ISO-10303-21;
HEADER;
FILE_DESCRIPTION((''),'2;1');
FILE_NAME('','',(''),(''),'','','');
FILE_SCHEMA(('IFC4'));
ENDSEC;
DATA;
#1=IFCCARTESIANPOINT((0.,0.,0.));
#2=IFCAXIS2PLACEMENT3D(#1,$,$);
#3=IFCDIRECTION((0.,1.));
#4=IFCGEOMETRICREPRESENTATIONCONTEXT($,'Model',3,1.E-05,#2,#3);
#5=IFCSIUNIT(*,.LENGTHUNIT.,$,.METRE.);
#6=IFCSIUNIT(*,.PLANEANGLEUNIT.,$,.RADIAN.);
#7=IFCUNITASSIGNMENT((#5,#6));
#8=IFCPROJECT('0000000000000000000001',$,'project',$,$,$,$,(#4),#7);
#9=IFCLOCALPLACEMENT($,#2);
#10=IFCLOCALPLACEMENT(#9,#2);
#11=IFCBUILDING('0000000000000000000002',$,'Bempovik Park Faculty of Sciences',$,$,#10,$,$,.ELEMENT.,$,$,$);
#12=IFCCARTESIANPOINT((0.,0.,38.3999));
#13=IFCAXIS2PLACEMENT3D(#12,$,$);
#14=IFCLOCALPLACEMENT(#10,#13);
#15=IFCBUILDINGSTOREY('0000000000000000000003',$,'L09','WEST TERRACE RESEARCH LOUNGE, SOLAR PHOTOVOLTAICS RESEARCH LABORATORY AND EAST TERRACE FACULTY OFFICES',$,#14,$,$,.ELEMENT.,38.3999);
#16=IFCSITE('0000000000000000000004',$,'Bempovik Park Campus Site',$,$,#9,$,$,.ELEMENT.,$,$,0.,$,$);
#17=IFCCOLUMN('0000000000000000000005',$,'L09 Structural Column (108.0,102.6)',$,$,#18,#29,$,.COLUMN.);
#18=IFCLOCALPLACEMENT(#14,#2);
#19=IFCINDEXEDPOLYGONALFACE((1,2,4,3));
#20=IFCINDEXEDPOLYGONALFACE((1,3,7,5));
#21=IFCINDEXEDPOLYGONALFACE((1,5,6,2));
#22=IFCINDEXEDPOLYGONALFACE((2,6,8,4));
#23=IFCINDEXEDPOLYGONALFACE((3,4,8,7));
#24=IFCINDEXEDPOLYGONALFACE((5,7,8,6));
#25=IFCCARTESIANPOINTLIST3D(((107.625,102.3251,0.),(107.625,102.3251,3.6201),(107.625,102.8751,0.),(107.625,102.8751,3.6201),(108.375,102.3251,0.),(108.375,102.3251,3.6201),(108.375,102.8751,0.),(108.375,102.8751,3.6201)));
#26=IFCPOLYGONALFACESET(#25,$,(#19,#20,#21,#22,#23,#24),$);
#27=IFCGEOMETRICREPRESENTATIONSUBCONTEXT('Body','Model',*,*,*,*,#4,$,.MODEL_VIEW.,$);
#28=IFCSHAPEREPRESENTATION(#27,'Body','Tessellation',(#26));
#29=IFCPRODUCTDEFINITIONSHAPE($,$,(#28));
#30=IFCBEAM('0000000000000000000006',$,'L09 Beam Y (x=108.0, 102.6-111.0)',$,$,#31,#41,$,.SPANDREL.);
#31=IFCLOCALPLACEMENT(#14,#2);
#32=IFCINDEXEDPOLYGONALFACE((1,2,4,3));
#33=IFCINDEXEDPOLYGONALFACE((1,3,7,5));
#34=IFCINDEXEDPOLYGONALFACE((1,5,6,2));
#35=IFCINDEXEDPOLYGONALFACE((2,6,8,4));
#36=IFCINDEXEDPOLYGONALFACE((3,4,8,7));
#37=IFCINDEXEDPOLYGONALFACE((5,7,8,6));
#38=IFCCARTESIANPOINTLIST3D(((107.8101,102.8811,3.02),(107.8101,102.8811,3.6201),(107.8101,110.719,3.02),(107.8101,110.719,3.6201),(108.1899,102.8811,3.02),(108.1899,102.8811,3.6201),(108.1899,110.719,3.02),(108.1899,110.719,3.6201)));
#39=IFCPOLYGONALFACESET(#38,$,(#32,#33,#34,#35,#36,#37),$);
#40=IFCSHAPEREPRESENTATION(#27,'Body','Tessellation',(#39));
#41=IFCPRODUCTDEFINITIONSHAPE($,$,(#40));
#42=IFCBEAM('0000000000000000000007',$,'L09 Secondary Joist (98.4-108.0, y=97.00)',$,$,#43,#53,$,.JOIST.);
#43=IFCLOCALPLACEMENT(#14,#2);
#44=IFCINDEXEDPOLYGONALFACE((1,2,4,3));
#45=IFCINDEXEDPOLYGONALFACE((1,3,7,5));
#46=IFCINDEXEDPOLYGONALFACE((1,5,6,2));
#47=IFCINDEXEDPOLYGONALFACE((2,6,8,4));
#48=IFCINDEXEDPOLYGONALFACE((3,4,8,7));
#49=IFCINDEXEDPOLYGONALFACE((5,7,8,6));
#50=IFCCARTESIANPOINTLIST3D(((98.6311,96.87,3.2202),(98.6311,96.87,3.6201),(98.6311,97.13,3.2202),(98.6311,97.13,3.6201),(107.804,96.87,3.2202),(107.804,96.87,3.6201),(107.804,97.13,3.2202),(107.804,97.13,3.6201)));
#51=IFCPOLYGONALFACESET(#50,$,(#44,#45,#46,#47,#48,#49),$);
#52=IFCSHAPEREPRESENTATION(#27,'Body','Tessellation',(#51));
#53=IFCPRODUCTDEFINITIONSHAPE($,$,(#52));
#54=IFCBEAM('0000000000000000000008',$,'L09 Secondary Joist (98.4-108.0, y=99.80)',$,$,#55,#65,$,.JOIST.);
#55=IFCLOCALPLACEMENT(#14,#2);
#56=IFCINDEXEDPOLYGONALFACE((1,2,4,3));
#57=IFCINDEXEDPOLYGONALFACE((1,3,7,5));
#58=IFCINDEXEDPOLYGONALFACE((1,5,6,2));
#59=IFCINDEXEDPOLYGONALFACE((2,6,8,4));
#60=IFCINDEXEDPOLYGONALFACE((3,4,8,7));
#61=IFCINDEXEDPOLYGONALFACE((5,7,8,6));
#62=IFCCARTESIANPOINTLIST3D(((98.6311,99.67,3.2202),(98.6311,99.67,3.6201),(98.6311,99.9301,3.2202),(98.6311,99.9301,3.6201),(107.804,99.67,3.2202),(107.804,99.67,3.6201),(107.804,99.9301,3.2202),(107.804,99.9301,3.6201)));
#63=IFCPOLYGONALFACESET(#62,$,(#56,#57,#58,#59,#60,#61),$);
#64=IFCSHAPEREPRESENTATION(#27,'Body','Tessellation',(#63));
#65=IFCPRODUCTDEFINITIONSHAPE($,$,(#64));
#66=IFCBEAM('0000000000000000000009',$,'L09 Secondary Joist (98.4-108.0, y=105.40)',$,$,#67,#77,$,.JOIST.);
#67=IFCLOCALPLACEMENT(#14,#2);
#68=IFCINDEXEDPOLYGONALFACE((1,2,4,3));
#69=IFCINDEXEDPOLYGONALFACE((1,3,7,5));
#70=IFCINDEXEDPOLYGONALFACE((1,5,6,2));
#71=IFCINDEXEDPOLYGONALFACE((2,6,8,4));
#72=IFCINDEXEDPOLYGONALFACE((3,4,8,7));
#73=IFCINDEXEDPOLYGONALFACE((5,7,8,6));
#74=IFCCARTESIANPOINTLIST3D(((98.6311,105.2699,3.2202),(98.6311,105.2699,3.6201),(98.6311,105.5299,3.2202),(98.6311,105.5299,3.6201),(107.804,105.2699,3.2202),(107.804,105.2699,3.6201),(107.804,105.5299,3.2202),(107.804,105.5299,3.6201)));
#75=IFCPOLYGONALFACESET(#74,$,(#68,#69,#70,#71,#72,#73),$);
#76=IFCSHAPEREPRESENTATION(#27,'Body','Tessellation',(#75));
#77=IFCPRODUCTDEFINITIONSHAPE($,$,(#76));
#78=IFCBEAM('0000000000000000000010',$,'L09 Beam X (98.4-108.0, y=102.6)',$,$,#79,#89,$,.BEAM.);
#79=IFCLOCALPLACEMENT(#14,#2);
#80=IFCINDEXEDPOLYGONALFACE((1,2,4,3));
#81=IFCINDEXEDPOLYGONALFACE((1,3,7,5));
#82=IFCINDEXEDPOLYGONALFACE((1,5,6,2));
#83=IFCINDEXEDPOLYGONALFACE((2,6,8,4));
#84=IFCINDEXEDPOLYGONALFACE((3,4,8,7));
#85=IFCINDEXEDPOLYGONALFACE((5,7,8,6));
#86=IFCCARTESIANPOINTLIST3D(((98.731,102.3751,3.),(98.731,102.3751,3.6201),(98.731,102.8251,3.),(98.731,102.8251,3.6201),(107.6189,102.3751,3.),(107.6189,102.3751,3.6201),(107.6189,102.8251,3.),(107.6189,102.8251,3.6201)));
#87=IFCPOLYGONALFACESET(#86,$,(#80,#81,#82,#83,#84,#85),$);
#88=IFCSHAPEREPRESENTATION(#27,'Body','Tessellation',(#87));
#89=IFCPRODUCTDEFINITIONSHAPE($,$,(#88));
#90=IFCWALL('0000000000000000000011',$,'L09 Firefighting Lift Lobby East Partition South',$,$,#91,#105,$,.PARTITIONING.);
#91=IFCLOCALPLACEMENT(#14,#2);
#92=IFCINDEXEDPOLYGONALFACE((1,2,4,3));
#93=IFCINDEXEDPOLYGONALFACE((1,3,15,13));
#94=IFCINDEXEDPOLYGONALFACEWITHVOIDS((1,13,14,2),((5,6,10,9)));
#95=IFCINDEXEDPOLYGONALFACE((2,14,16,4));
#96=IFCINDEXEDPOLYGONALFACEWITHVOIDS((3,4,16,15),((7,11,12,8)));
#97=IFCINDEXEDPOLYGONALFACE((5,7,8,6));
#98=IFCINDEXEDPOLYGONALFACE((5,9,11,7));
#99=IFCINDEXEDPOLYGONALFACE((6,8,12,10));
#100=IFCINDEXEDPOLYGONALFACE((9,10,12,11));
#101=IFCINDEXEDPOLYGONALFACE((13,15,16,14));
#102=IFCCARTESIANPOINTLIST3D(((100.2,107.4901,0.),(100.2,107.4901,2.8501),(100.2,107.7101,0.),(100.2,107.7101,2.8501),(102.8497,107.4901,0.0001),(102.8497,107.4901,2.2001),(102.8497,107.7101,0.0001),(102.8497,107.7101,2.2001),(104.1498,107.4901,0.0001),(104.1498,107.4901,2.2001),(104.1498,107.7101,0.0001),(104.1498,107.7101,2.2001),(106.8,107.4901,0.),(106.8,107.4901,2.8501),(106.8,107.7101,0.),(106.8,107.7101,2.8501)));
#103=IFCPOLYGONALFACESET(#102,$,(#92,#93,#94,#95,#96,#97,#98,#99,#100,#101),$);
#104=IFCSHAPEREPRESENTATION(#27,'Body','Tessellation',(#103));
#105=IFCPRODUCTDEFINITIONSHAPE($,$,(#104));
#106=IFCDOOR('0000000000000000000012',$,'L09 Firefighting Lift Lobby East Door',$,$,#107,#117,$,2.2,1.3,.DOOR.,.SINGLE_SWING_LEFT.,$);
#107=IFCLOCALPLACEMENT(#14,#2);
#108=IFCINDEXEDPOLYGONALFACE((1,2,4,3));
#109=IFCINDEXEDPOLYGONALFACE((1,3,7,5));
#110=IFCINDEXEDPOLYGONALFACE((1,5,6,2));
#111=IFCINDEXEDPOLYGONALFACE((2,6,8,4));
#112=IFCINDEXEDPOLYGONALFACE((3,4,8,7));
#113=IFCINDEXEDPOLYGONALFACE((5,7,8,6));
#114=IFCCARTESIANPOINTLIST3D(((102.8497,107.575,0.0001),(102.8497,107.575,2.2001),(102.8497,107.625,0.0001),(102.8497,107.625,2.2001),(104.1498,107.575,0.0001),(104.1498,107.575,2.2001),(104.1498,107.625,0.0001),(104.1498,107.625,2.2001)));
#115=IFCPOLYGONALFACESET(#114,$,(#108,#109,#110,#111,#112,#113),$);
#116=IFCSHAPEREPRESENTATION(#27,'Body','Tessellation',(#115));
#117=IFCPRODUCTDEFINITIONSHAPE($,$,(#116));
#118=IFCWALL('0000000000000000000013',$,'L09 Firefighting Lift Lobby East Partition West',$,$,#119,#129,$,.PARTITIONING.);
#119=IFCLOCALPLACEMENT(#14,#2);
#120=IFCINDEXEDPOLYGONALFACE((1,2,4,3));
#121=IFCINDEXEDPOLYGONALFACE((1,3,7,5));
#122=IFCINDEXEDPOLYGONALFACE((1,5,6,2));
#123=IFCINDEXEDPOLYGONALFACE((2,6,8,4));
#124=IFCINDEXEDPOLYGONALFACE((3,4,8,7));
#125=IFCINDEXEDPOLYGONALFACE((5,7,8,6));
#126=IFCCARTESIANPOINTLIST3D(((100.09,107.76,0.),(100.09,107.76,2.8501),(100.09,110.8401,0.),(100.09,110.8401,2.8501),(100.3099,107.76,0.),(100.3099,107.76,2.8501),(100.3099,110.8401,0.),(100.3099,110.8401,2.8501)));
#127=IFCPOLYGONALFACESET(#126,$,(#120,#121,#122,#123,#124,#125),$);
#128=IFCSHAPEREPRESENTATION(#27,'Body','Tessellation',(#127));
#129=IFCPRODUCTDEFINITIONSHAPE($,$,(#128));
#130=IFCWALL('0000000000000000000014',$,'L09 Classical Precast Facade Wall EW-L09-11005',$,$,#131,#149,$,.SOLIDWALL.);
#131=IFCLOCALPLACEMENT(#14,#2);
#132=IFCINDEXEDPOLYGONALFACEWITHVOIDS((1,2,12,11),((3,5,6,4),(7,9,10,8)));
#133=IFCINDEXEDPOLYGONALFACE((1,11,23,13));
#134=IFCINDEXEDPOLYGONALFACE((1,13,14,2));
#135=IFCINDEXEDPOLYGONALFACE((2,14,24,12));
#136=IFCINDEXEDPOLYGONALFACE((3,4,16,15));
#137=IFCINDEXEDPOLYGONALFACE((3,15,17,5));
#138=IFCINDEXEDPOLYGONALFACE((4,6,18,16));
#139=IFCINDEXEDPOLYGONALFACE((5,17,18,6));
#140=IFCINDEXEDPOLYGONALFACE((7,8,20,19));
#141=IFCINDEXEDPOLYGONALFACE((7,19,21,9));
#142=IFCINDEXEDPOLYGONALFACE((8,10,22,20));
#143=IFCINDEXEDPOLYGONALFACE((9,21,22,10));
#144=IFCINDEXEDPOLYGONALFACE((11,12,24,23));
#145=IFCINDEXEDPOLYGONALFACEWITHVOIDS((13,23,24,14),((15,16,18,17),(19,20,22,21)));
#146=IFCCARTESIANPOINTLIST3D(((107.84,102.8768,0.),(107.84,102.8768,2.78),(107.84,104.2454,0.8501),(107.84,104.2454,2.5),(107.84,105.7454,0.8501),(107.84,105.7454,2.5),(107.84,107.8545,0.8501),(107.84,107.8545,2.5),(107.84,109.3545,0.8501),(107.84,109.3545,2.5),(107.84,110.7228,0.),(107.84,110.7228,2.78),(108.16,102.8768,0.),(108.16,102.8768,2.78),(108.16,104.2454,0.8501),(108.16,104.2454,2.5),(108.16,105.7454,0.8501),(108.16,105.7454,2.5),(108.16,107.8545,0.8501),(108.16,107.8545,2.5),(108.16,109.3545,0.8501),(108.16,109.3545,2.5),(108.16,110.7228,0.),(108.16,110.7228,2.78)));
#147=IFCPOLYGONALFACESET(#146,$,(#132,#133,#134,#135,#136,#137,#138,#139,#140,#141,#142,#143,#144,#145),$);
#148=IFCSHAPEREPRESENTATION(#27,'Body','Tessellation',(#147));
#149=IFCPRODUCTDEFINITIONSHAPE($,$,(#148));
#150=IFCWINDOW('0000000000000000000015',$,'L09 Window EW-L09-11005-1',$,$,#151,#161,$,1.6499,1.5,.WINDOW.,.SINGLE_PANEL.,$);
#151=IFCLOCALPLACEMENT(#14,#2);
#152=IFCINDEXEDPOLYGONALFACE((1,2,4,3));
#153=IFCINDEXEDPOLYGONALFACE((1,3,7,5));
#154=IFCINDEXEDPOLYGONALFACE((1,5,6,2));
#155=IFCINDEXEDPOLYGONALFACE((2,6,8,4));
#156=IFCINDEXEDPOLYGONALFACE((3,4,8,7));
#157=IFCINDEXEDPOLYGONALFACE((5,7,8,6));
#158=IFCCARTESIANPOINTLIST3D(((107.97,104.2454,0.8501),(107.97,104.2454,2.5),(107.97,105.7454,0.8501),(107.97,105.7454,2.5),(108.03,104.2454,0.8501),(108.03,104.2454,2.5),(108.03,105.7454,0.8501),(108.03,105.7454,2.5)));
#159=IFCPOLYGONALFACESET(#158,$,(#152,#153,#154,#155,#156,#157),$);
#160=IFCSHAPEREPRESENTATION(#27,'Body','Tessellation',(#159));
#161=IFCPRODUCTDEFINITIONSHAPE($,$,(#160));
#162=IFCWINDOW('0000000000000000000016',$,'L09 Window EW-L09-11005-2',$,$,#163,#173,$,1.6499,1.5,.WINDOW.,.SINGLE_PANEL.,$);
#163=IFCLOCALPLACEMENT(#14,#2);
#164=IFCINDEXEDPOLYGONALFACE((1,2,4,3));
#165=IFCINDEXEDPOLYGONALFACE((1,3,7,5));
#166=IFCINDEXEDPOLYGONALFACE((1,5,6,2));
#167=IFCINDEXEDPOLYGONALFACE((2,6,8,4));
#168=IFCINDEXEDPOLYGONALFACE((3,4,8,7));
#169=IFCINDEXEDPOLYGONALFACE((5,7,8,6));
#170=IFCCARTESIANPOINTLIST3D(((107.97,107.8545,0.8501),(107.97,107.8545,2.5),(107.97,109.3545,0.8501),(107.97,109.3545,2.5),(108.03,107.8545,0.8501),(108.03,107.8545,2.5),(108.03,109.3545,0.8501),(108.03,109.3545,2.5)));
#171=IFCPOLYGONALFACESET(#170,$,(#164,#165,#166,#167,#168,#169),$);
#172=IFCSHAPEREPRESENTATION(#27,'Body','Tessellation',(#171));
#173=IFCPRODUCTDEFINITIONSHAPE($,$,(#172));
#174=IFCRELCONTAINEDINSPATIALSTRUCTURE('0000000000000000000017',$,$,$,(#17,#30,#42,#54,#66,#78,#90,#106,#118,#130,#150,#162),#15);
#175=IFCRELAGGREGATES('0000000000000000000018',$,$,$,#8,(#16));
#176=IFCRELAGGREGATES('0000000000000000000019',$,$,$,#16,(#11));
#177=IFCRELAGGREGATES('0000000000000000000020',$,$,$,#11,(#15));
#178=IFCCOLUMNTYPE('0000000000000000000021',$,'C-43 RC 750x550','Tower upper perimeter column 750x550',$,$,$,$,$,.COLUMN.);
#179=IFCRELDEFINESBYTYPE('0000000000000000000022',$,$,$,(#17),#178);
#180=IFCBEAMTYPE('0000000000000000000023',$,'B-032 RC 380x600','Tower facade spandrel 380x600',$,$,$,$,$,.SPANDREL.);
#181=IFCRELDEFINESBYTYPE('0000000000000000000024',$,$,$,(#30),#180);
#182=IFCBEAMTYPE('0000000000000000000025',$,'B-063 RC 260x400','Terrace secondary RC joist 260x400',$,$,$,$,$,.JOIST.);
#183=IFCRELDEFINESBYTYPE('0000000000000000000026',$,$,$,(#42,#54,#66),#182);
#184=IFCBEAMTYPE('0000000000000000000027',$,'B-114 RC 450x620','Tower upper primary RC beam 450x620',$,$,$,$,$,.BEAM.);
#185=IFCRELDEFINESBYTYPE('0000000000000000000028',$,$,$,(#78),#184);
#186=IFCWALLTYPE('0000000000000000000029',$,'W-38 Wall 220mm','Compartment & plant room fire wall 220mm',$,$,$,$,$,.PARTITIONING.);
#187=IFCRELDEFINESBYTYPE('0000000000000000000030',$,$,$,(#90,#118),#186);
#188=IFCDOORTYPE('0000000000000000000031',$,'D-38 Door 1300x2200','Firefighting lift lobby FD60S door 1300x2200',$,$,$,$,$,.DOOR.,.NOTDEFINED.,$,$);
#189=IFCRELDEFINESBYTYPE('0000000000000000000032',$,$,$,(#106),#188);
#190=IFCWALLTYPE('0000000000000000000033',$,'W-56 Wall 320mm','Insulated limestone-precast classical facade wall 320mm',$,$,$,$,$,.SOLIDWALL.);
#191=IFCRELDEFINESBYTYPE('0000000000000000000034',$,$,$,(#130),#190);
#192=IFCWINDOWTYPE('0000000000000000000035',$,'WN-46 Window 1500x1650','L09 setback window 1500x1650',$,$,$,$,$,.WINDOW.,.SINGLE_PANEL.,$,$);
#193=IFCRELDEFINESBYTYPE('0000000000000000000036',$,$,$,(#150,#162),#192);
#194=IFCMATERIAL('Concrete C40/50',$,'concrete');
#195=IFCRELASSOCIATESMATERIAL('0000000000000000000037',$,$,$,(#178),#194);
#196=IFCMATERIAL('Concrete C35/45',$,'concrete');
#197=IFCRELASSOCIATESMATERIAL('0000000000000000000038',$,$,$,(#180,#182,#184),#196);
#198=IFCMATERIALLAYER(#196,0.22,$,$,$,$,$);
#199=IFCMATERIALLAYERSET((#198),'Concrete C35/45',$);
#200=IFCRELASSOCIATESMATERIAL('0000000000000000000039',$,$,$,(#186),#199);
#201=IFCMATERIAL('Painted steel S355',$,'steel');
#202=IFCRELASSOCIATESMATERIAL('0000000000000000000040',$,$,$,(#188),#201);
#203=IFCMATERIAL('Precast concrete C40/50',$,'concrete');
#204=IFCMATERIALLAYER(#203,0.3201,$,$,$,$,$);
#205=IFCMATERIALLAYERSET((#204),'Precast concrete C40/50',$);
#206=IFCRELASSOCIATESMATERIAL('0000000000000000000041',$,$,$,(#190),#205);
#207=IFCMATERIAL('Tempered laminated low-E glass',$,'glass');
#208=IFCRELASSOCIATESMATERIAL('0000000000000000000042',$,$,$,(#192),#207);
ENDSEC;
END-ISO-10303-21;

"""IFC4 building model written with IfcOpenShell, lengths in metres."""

from ifc_helpers import new_model, si_unit, direction, frame, frame_2d, origin, origin_2d, place, context, subcontext, project, spatial, rectangle, extrude, material, layer, layer_set, material_profile, profile_set, type_object, element, fill, save


model = new_model("IFC4")

# Units and contexts
model_context = context("Model", 3, precision=1e-05, world=origin(), true_north=direction((0.0, 1.0)))
body_context = subcontext(model_context, "Body", "Model", "MODEL_VIEW")
ifc_project = project(units=[si_unit("LENGTHUNIT", "METRE"), si_unit("PLANEANGLEUNIT", "RADIAN")], contexts=[model_context])

# Site, building, storey
site_placement = place(None, origin())
site = spatial("IfcSite", under=ifc_project, at=site_placement, Name="Bempovik Park Campus Site", CompositionType="ELEMENT", RefElevation=0.0)
building_placement = place(site_placement, origin())
building = spatial("IfcBuilding", under=site, at=building_placement, Name="Bempovik Park Faculty of Sciences", CompositionType="ELEMENT")
storey_placement = place(building_placement, frame((0.0, 0.0, 38.3999)))
storey = spatial("IfcBuildingStorey", under=building, at=storey_placement, Name="L09", Description="WEST TERRACE RESEARCH LOUNGE, SOLAR PHOTOVOLTAICS RESEARCH LABORATORY AND EAST TERRACE FACULTY OFFICES", CompositionType="ELEMENT", Elevation=38.3999)

# Column
ifc_material_1 = material(Name="Concrete C40/50", Category="concrete")
ifc_material_profile_1 = material_profile(ifc_material_1, rectangle(XDim=0.75, YDim=0.55, at=origin_2d()), Name="RC 750x550")
ifc_profile_set_1 = profile_set([ifc_material_profile_1], Name="Concrete C40/50")
column_type = type_object("IfcColumnType", Name="C-43 RC 750x550", Description="Tower upper perimeter column 750x550", PredefinedType="COLUMN", material=ifc_profile_set_1)
column_placement = place(storey_placement, frame((108.0, 102.6001, 0.0), z_axis=(0.0, 0.0, 1.0), x_axis=(1.0, 0.0, 0.0)))
element("IfcColumn", 1, at=column_placement, inside=storey, type_object=column_type, Name="L09 Structural Column (108.0,102.6)", PredefinedType="COLUMN", context=body_context, shape_type="SweptSolid", body=[
    extrude(rectangle(XDim=0.75, YDim=0.55, at=origin_2d()), origin(), (0.0, 0.0, 1.0), 3.6201),
])

# Beams
ifc_material_2 = material(Name="Concrete C35/45", Category="concrete")
ifc_material_profile_2 = material_profile(ifc_material_2, rectangle(XDim=0.3799, YDim=0.6001, at=origin_2d()), Name="RC 380x600")
ifc_profile_set_2 = profile_set([ifc_material_profile_2], Name="Concrete C35/45")
beam_type_1 = type_object("IfcBeamType", Name="B-032 RC 380x600", Description="Tower facade spandrel 380x600", PredefinedType="SPANDREL", material=ifc_profile_set_2)
beam_1_placement = place(storey_placement, frame((108.0, 102.8811, 3.3201), z_axis=(0.0, 1.0, 0.0), x_axis=(-1.0, 0.0, 0.0)))
element("IfcBeam", 2, at=beam_1_placement, inside=storey, type_object=beam_type_1, Name="L09 Beam Y (x=108.0, 102.6-111.0)", PredefinedType="SPANDREL", context=body_context, shape_type="SweptSolid", body=[
    extrude(rectangle(XDim=0.3799, YDim=0.6001, at=origin_2d()), origin(), (0.0, 0.0, 1.0), 7.8379),
])
ifc_material_profile_3 = material_profile(ifc_material_2, rectangle(XDim=0.26, YDim=0.3999, at=origin_2d()), Name="RC 260x400")
ifc_profile_set_3 = profile_set([ifc_material_profile_3], Name="Concrete C35/45")
beam_type_2 = type_object("IfcBeamType", Name="B-063 RC 260x400", Description="Terrace secondary RC joist 260x400", PredefinedType="JOIST", material=ifc_profile_set_3)
for number, where, z_axis, x_axis, name in (
    (3, (98.6311, 97.0, 3.4202), (1.0, 0.0, 0.0), (0.0, 1.0, 0.0), "L09 Secondary Joist (98.4-108.0, y=97.00)"),
    (4, (98.6311, 99.8, 3.4202), (1.0, 0.0, 0.0), (0.0, 1.0, 0.0), "L09 Secondary Joist (98.4-108.0, y=99.80)"),
    (5, (98.6311, 105.3999, 3.4202), (1.0, 0.0, 0.0), (0.0, 1.0, 0.0), "L09 Secondary Joist (98.4-108.0, y=105.40)"),
):
    element("IfcBeam", number, at=place(storey_placement, frame(where, z_axis=z_axis, x_axis=x_axis)), inside=storey, type_object=beam_type_2, Name=name, PredefinedType="JOIST", context=body_context, shape_type="SweptSolid", body=[
        extrude(rectangle(XDim=0.26, YDim=0.3999, at=origin_2d()), origin(), (0.0, 0.0, 1.0), 9.1729),
    ])
ifc_material_profile_4 = material_profile(ifc_material_2, rectangle(XDim=0.45, YDim=0.6201, at=origin_2d()), Name="RC 450x620")
ifc_profile_set_4 = profile_set([ifc_material_profile_4], Name="Concrete C35/45")
beam_type_3 = type_object("IfcBeamType", Name="B-114 RC 450x620", Description="Tower upper primary RC beam 450x620", PredefinedType="BEAM", material=ifc_profile_set_4)
beam_2_placement = place(storey_placement, frame((98.731, 102.6001, 3.3101), z_axis=(1.0, 0.0, 0.0), x_axis=(0.0, 1.0, 0.0)))
element("IfcBeam", 6, at=beam_2_placement, inside=storey, type_object=beam_type_3, Name="L09 Beam X (98.4-108.0, y=102.6)", PredefinedType="BEAM", context=body_context, shape_type="SweptSolid", body=[
    extrude(rectangle(XDim=0.45, YDim=0.6201, at=origin_2d()), origin(), (0.0, 0.0, 1.0), 8.8879),
])

# Wall, opening, door
ifc_layer_1 = layer(ifc_material_2, 0.22)
ifc_layer_set_1 = layer_set([ifc_layer_1], Name="Concrete C35/45")
wall_type_1 = type_object("IfcWallType", Name="W-38 Wall 220mm", Description="Compartment & plant room fire wall 220mm", PredefinedType="PARTITIONING", material=ifc_layer_set_1)
wall_1_placement = place(storey_placement, frame((100.2, 107.6001, 0.0), z_axis=(0.0, 0.0, 1.0), x_axis=(1.0, 0.0, 0.0)))
wall_1 = element("IfcWall", 7, at=wall_1_placement, inside=storey, type_object=wall_type_1, Name="L09 Firefighting Lift Lobby East Partition South", PredefinedType="PARTITIONING", context=body_context, shape_type="SweptSolid", body=[
    extrude(rectangle(XDim=6.6001, YDim=0.22, at=frame_2d((3.3, 0.0))), origin(), (0.0, 0.0, 1.0), 2.8501),
])
opening_1_placement = place(wall_1_placement, frame((2.6499, 0.0, 0.0)))
opening_1 = element("IfcOpeningElement", 8, at=opening_1_placement, cuts=wall_1, PredefinedType="OPENING", context=body_context, shape_type="SweptSolid", body=[
    extrude(rectangle(XDim=1.3, YDim=2.2, at=frame_2d((0.6499, 1.1001))), frame((0.0, 0.1201, 0.0), z_axis=(0.0, -1.0, 0.0), x_axis=(1.0, 0.0, 0.0)), (0.0, 0.0, 1.0), 0.24),
])
ifc_material_3 = material(Name="Painted steel S355", Category="steel")
door_type = type_object("IfcDoorType", Name="D-38 Door 1300x2200", Description="Firefighting lift lobby FD60S door 1300x2200", OperationType="NOTDEFINED", PredefinedType="DOOR", material=ifc_material_3)
door_placement = place(opening_1_placement, origin())
door = element("IfcDoor", 9, at=door_placement, inside=storey, type_object=door_type, Name="L09 Firefighting Lift Lobby East Door", OperationType="SINGLE_SWING_LEFT", OverallHeight=2.2, OverallWidth=1.3, PredefinedType="DOOR", context=body_context, shape_type="SweptSolid", body=[
    extrude(rectangle(XDim=1.3, YDim=2.2, at=frame_2d((0.6499, 1.1001))), frame((0.0, 0.0249, 0.0), z_axis=(0.0, -1.0, 0.0), x_axis=(1.0, 0.0, 0.0)), (0.0, 0.0, 1.0), 0.05),
])
fill(opening_1, door)

# Wall
wall_2_placement = place(storey_placement, frame((100.2, 107.76, 0.0), z_axis=(0.0, 0.0, 1.0), x_axis=(0.0, 1.0, 0.0)))
element("IfcWall", 10, at=wall_2_placement, inside=storey, type_object=wall_type_1, Name="L09 Firefighting Lift Lobby East Partition West", PredefinedType="PARTITIONING", context=body_context, shape_type="SweptSolid", body=[
    extrude(rectangle(XDim=3.0801, YDim=0.22, at=frame_2d((1.54, 0.0))), origin(), (0.0, 0.0, 1.0), 2.8501),
])

# Wall, openings, windows
ifc_material_4 = material(Name="Precast concrete C40/50", Category="concrete")
ifc_layer_2 = layer(ifc_material_4, 0.3201)
ifc_layer_set_2 = layer_set([ifc_layer_2], Name="Precast concrete C40/50")
wall_type_2 = type_object("IfcWallType", Name="W-56 Wall 320mm", Description="Insulated limestone-precast classical facade wall 320mm", PredefinedType="SOLIDWALL", material=ifc_layer_set_2)
wall_3_placement = place(storey_placement, frame((108.0, 102.877, 0.0), z_axis=(0.0, 0.0, 1.0), x_axis=(0.0, 1.0, 0.0)))
wall_3 = element("IfcWall", 11, at=wall_3_placement, inside=storey, type_object=wall_type_2, Name="L09 Classical Precast Facade Wall EW-L09-11005", PredefinedType="SOLIDWALL", context=body_context, shape_type="SweptSolid", body=[
    extrude(rectangle(XDim=7.8459, YDim=0.3201, at=frame_2d((3.9229, 0.0))), origin(), (0.0, 0.0, 1.0), 2.78),
])
opening_2_placement = place(wall_3_placement, frame((1.3684, 0.0, 0.8501)))
opening_2 = element("IfcOpeningElement", 12, at=opening_2_placement, cuts=wall_3, PredefinedType="OPENING", context=body_context, shape_type="SweptSolid", body=[
    extrude(rectangle(XDim=1.5, YDim=1.6499, at=frame_2d((0.75, 0.825))), frame((0.0, 0.1699, 0.0), z_axis=(0.0, -1.0, 0.0), x_axis=(1.0, 0.0, 0.0)), (0.0, 0.0, 1.0), 0.3401),
])
opening_3_placement = place(wall_3_placement, frame((4.9775, 0.0, 0.8501)))
opening_3 = element("IfcOpeningElement", 13, at=opening_3_placement, cuts=wall_3, PredefinedType="OPENING", context=body_context, shape_type="SweptSolid", body=[
    extrude(rectangle(XDim=1.5, YDim=1.6499, at=frame_2d((0.75, 0.825))), frame((0.0, 0.1699, 0.0), z_axis=(0.0, -1.0, 0.0), x_axis=(1.0, 0.0, 0.0)), (0.0, 0.0, 1.0), 0.3401),
])
ifc_material_5 = material(Name="Tempered laminated low-E glass", Category="glass")
window_type = type_object("IfcWindowType", Name="WN-46 Window 1500x1650", Description="L09 setback window 1500x1650", PartitioningType="SINGLE_PANEL", PredefinedType="WINDOW", material=ifc_material_5)
window_1_placement = place(opening_2_placement, origin())
window_1 = element("IfcWindow", 14, at=window_1_placement, inside=storey, type_object=window_type, Name="L09 Window EW-L09-11005-1", OverallHeight=1.6499, OverallWidth=1.5, PartitioningType="SINGLE_PANEL", PredefinedType="WINDOW", context=body_context, shape_type="SweptSolid", body=[
    extrude(rectangle(XDim=1.5, YDim=1.6499, at=frame_2d((0.75, 0.825))), frame((0.0, 0.03, 0.0), z_axis=(0.0, -1.0, 0.0), x_axis=(1.0, 0.0, 0.0)), (0.0, 0.0, 1.0), 0.0601),
])
fill(opening_2, window_1)
window_2_placement = place(opening_3_placement, origin())
window_2 = element("IfcWindow", 15, at=window_2_placement, inside=storey, type_object=window_type, Name="L09 Window EW-L09-11005-2", OverallHeight=1.6499, OverallWidth=1.5, PartitioningType="SINGLE_PANEL", PredefinedType="WINDOW", context=body_context, shape_type="SweptSolid", body=[
    extrude(rectangle(XDim=1.5, YDim=1.6499, at=frame_2d((0.75, 0.825))), frame((0.0, 0.03, 0.0), z_axis=(0.0, -1.0, 0.0), x_axis=(1.0, 0.0, 0.0)), (0.0, 0.0, 1.0), 0.0601),
])
fill(opening_3, window_2)

save(model, "model.ifc")
